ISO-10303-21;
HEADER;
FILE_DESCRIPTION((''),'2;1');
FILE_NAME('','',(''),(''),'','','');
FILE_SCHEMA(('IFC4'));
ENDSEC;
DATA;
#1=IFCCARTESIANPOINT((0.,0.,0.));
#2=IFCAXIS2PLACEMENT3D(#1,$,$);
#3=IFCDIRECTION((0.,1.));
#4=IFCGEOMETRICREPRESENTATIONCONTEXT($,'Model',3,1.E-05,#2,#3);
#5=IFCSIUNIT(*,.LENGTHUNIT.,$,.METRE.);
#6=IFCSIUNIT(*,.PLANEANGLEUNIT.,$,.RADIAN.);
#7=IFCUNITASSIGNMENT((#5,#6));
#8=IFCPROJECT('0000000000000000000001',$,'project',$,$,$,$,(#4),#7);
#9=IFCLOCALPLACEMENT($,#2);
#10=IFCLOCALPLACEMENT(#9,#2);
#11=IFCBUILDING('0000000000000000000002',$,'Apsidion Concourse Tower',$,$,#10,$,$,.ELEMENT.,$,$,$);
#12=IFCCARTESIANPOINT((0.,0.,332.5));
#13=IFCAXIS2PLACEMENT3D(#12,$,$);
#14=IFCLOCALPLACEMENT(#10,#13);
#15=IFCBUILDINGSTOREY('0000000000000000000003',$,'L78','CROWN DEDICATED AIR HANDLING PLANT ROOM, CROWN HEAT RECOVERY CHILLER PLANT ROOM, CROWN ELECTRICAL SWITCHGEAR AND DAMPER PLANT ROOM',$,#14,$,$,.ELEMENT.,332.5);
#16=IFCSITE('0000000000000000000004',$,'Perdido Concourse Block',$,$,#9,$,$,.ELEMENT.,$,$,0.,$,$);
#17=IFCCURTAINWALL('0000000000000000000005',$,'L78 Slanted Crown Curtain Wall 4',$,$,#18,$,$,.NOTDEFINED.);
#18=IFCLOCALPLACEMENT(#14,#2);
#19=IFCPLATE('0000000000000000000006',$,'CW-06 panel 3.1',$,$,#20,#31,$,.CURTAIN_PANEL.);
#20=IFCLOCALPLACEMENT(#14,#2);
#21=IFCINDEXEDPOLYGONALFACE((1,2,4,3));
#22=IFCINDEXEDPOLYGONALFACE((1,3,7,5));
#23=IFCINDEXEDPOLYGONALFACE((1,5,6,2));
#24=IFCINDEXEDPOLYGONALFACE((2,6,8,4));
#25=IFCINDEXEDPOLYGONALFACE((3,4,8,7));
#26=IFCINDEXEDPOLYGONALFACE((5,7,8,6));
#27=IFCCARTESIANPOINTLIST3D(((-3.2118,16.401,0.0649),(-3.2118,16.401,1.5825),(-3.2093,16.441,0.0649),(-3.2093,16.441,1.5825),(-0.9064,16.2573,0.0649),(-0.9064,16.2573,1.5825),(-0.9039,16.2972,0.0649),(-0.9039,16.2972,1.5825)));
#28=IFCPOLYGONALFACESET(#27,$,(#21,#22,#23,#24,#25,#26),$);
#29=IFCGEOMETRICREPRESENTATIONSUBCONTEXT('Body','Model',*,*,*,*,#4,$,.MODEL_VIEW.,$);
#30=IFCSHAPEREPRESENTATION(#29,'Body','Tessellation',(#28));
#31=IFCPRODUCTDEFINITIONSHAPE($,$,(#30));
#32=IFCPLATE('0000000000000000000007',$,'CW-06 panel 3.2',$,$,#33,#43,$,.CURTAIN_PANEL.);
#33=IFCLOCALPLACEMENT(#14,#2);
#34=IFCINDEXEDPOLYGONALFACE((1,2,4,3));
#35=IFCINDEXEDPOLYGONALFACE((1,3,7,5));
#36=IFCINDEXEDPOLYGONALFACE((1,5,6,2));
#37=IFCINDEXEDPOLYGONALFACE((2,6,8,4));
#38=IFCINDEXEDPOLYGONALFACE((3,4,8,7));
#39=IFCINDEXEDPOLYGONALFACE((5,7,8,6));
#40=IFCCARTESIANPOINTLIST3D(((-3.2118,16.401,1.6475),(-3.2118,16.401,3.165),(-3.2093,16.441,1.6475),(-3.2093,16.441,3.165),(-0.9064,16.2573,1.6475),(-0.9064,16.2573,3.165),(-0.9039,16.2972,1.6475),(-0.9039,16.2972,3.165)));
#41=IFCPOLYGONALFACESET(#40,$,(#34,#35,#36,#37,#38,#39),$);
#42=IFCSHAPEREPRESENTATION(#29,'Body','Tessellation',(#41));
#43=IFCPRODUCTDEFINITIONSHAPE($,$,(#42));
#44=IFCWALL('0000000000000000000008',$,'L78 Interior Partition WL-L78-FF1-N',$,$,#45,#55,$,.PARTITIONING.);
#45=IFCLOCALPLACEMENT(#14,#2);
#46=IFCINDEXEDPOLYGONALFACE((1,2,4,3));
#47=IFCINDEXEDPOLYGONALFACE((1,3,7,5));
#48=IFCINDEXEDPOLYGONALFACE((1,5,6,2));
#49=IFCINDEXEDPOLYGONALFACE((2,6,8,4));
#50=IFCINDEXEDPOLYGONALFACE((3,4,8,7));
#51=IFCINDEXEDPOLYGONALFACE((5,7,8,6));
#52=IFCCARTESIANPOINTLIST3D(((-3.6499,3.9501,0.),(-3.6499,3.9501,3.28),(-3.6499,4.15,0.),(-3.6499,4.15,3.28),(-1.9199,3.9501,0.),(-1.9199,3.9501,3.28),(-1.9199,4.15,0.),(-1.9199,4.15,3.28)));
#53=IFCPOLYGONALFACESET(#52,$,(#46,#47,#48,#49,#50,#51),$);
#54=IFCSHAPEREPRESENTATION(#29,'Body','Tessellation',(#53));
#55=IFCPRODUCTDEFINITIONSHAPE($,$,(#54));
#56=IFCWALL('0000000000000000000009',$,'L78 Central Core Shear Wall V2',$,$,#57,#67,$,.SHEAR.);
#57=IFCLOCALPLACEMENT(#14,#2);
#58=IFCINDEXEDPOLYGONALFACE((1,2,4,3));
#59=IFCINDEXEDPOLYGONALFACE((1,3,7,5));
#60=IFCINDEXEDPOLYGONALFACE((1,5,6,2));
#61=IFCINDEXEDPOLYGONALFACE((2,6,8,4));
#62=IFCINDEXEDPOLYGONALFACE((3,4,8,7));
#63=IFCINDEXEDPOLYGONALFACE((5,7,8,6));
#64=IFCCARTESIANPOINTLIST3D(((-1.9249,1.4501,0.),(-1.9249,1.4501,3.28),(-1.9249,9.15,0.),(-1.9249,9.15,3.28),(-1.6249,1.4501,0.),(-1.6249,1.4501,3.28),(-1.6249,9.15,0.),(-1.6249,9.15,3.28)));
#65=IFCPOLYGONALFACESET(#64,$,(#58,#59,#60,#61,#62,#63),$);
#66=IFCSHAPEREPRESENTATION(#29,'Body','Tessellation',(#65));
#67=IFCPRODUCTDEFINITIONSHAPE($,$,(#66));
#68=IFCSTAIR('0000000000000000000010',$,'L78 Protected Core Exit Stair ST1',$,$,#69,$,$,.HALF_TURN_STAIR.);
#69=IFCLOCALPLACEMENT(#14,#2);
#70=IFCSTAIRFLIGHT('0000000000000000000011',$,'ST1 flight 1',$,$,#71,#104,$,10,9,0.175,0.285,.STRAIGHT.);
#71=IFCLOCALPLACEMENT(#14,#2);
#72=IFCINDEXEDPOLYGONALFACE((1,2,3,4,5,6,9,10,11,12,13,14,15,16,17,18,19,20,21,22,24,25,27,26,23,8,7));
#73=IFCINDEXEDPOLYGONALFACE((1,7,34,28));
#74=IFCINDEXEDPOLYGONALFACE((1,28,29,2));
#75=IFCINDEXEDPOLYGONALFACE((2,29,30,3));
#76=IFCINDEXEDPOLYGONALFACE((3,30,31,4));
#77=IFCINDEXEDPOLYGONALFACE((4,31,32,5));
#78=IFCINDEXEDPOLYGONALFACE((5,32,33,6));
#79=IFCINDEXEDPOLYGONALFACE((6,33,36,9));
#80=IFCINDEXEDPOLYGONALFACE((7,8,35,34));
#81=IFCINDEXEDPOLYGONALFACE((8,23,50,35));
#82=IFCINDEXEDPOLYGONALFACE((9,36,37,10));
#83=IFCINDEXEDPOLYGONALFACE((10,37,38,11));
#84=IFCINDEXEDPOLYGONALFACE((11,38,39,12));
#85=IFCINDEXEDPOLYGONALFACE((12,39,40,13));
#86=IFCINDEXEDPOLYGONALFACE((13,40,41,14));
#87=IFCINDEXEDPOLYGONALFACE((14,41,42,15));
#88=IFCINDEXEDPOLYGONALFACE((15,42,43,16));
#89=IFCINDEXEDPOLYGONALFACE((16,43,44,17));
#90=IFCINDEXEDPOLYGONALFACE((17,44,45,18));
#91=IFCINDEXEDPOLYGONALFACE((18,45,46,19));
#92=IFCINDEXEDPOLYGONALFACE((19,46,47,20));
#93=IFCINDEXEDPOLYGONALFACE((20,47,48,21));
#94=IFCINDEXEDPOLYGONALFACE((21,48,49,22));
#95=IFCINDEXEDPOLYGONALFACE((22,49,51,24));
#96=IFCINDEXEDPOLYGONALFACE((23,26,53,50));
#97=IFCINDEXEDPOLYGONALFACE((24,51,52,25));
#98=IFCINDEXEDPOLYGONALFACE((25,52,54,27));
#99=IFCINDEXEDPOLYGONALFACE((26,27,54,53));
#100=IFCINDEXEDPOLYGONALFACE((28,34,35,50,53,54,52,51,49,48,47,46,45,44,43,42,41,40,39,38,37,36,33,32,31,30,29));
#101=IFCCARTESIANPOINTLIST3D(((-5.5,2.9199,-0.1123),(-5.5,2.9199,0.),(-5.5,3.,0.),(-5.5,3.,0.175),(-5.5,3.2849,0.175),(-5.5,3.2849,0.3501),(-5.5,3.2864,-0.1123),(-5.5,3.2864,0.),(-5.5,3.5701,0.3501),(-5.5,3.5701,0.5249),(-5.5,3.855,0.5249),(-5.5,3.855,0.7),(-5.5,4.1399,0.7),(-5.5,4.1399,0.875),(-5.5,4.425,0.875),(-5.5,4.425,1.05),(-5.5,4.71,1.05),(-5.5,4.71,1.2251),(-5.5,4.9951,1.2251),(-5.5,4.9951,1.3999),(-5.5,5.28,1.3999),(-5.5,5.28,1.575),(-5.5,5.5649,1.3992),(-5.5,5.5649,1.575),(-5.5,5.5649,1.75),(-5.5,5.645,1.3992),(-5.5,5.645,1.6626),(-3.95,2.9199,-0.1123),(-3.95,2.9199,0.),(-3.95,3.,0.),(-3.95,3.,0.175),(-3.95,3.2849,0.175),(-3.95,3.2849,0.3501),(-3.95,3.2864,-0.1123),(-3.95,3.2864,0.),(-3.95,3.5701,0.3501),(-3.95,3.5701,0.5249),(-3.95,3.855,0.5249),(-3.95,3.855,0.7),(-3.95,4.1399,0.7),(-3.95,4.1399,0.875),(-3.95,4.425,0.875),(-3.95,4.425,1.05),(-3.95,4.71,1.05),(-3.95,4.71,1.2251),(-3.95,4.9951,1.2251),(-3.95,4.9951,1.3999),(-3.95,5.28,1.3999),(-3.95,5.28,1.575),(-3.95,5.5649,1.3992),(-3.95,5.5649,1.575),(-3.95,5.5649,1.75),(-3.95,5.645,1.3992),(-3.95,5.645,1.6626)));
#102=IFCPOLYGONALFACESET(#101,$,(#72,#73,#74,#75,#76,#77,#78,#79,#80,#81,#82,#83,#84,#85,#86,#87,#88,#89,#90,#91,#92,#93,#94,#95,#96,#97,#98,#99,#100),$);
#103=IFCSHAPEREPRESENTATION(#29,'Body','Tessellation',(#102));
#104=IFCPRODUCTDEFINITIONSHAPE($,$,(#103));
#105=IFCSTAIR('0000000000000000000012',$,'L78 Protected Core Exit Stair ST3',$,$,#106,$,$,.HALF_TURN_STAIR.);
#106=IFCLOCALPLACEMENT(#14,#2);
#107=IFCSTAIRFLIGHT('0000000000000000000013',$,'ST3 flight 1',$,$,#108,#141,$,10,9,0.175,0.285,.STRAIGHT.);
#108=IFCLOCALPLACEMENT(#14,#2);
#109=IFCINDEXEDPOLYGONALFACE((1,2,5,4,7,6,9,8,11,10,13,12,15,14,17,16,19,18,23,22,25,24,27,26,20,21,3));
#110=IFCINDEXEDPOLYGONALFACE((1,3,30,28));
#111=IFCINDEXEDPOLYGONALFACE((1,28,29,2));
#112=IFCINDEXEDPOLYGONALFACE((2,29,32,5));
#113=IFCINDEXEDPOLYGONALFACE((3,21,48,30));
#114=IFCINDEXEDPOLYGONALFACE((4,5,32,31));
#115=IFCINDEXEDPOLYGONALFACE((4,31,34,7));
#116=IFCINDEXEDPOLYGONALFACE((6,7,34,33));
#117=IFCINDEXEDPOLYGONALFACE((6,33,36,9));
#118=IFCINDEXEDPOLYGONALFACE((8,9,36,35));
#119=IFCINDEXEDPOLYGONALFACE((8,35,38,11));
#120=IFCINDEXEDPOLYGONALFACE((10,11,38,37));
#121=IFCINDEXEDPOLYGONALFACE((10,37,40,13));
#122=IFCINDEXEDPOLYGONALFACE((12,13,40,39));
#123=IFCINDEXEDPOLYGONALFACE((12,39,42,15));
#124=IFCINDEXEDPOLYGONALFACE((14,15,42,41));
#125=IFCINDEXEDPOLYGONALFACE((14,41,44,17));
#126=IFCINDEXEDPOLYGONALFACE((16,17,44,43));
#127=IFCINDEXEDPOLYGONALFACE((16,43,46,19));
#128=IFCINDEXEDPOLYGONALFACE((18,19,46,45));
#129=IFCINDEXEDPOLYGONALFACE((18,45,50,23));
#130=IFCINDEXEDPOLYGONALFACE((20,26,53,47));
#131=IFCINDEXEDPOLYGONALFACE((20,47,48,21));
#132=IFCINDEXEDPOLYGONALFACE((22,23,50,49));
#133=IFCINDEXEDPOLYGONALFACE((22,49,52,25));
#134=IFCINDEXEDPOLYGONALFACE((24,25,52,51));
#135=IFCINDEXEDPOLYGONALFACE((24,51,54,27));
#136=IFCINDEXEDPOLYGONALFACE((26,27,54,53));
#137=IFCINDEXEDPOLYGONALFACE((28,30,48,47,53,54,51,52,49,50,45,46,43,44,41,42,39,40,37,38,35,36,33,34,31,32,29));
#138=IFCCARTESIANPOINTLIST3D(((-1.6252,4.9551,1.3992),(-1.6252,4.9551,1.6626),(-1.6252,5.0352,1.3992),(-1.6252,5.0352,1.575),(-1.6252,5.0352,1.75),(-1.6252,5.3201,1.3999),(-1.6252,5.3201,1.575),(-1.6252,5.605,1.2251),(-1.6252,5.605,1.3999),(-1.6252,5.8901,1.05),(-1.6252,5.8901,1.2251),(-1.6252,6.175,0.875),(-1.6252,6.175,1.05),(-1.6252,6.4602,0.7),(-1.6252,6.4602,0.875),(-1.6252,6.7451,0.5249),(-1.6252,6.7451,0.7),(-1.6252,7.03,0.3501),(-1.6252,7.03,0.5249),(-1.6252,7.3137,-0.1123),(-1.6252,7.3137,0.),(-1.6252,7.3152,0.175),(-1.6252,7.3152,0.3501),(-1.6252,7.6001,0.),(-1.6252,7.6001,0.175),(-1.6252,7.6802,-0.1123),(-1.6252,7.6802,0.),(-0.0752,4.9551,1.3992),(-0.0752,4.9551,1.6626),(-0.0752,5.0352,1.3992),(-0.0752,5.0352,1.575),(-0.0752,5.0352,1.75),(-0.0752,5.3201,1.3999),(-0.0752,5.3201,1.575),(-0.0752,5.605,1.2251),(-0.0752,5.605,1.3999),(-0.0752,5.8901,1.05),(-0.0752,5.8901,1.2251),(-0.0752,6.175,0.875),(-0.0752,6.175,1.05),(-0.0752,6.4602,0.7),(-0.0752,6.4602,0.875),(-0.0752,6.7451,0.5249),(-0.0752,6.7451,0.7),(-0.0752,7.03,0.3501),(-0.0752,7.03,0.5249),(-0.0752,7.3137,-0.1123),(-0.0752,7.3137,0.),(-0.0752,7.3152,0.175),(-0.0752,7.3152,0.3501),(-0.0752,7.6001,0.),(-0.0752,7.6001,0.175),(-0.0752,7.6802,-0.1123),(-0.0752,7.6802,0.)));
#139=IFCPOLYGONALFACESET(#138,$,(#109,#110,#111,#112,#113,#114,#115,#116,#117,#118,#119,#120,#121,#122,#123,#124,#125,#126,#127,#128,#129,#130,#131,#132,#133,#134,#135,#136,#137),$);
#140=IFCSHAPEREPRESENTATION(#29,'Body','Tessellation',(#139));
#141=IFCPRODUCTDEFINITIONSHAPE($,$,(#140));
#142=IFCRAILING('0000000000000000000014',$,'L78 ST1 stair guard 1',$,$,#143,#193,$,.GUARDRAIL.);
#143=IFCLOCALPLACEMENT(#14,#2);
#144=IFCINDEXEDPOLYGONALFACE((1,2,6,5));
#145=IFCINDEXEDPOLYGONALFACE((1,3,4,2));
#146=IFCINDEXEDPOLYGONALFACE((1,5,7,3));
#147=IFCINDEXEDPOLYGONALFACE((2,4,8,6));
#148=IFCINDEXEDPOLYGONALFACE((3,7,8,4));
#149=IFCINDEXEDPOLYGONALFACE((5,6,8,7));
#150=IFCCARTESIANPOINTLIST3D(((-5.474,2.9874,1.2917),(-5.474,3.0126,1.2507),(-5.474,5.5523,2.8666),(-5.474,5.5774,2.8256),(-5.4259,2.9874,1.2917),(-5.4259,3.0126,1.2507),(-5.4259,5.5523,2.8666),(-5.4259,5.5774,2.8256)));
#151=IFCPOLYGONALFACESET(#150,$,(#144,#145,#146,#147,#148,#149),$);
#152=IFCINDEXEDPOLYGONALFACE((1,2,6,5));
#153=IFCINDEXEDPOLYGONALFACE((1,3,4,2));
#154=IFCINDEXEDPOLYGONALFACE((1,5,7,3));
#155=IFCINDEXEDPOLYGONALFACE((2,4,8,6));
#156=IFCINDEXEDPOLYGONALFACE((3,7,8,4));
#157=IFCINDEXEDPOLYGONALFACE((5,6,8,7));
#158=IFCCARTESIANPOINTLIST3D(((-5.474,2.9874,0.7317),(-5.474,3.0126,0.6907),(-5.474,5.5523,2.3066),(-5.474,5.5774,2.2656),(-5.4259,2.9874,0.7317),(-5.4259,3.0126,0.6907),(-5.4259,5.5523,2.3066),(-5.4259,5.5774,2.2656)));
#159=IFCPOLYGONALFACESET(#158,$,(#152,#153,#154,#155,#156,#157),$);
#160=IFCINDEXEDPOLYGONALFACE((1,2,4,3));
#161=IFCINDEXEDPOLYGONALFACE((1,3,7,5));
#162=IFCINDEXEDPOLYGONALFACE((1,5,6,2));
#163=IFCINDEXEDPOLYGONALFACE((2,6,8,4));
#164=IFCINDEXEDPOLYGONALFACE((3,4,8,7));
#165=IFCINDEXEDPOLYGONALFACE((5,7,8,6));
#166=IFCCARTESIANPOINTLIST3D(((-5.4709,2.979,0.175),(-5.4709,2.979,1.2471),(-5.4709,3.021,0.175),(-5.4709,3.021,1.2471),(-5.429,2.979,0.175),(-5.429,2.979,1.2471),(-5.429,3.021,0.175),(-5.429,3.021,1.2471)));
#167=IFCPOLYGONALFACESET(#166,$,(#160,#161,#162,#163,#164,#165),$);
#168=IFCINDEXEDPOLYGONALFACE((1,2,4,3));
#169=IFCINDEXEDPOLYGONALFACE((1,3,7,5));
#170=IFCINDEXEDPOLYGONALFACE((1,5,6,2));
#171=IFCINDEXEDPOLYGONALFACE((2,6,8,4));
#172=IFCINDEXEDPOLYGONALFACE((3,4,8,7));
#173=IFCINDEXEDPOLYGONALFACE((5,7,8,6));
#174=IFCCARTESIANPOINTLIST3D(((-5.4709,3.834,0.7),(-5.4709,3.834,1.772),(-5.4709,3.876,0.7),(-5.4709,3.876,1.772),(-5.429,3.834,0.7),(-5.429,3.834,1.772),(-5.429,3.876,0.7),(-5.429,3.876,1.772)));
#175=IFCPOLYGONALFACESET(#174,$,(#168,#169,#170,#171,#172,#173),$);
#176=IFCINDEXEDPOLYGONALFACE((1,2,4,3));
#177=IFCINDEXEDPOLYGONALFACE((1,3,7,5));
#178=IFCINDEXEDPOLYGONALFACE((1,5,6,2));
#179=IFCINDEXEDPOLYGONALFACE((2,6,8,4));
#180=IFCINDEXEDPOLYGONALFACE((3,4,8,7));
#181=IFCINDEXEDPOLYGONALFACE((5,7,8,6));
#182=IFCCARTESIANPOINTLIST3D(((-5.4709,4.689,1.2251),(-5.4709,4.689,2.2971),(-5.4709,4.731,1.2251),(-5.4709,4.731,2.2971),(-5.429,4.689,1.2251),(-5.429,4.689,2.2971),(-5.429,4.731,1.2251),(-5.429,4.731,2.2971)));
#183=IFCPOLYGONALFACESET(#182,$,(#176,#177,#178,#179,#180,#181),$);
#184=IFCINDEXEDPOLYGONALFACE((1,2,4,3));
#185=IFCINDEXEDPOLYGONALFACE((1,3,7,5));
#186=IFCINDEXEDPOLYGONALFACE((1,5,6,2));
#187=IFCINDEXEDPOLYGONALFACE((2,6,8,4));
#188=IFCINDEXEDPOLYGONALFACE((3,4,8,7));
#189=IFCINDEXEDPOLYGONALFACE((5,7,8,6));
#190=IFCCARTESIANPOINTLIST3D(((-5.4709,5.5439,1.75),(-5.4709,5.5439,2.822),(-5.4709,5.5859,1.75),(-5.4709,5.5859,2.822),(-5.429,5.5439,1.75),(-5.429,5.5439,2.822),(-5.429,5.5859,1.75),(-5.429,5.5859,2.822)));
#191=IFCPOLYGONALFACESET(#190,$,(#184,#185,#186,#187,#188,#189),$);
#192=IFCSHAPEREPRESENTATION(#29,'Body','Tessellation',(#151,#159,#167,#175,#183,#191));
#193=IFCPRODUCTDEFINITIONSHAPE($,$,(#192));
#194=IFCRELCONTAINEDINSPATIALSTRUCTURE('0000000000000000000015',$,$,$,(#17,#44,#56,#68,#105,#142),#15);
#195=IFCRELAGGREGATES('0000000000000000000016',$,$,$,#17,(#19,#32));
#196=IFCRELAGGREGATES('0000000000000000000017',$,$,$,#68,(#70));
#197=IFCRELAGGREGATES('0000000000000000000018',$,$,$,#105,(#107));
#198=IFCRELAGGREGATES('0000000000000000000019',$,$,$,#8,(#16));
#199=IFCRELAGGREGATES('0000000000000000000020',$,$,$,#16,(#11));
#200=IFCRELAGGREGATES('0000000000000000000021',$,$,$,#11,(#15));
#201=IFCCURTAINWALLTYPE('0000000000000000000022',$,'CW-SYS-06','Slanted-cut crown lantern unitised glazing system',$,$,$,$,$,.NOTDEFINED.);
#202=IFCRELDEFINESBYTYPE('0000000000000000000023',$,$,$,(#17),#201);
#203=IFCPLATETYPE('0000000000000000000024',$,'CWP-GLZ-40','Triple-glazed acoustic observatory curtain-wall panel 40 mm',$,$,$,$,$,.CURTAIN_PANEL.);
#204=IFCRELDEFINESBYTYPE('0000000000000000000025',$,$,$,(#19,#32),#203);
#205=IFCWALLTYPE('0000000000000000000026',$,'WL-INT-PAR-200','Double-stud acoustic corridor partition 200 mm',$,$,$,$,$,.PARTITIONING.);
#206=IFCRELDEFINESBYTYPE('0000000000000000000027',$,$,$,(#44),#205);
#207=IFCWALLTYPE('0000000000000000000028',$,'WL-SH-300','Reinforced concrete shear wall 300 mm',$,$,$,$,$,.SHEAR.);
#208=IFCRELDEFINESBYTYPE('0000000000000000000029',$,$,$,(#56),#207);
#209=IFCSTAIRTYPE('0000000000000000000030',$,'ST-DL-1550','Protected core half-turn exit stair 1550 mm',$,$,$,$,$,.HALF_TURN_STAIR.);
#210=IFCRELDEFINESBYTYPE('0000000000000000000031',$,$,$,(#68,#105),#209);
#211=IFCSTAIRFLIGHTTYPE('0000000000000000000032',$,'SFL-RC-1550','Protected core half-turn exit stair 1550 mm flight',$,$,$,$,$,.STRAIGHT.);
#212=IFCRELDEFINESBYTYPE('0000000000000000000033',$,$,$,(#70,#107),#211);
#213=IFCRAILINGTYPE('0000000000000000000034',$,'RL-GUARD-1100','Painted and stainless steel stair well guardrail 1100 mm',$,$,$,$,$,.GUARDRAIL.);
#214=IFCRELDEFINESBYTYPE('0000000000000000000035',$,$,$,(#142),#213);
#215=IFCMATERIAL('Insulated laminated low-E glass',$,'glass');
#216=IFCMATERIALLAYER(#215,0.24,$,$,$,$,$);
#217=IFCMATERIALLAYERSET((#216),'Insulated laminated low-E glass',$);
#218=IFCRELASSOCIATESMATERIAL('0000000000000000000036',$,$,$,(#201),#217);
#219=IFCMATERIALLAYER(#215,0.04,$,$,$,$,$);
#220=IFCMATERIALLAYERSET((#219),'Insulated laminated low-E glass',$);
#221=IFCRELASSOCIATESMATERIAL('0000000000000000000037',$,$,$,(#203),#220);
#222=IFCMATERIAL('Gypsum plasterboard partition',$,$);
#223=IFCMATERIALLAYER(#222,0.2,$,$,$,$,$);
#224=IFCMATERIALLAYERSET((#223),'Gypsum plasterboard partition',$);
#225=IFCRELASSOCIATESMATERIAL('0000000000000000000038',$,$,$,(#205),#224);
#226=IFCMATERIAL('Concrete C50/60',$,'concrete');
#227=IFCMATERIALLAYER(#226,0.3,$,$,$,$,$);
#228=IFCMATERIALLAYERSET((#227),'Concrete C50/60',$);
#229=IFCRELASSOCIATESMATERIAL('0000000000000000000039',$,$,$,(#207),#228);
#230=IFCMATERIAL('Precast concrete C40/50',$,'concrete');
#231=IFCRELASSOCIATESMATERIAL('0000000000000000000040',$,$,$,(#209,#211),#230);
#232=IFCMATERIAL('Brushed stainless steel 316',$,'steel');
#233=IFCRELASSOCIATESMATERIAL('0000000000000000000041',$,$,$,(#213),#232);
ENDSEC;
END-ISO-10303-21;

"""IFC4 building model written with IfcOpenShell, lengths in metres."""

from ifc_helpers import new_model, si_unit, direction, frame, frame_2d, origin, origin_2d, place, context, subcontext, project, spatial, polyline, rectangle, outline, extrude, material, layer, layer_set, type_object, element, aggregate, save


model = new_model("IFC4")

# Units and contexts
model_context = context("Model", 3, precision=1e-05, world=origin(), true_north=direction((0.0, 1.0)))
body_context = subcontext(model_context, "Body", "Model", "MODEL_VIEW")
ifc_project = project(units=[si_unit("LENGTHUNIT", "METRE"), si_unit("PLANEANGLEUNIT", "RADIAN")], contexts=[model_context])

# Site, building, storey
site_placement = place(None, origin())
site = spatial("IfcSite", under=ifc_project, at=site_placement, Name="Perdido Concourse Block", CompositionType="ELEMENT", RefElevation=0.0)
building_placement = place(site_placement, origin())
building = spatial("IfcBuilding", under=site, at=building_placement, Name="Apsidion Concourse Tower", CompositionType="ELEMENT")
storey_placement = place(building_placement, frame((0.0, 0.0, 332.5)))
storey = spatial("IfcBuildingStorey", under=building, at=storey_placement, Name="L78", Description="CROWN DEDICATED AIR HANDLING PLANT ROOM, CROWN HEAT RECOVERY CHILLER PLANT ROOM, CROWN ELECTRICAL SWITCHGEAR AND DAMPER PLANT ROOM", CompositionType="ELEMENT", Elevation=332.5)

# Shared definitions
ifc_material_1 = material(Name="Concrete C50/60", Category="concrete")

# Curtain wall, plates
ifc_material_2 = material(Name="Insulated laminated low-E glass", Category="glass")
ifc_layer_1 = layer(ifc_material_2, 0.24)
ifc_layer_set_1 = layer_set([ifc_layer_1], Name="Insulated laminated low-E glass")
curtain_wall_type = type_object("IfcCurtainWallType", Name="CW-SYS-06", Description="Slanted-cut crown lantern unitised glazing system", PredefinedType="NOTDEFINED", material=ifc_layer_set_1)
curtain_wall_placement = place(storey_placement, origin())
curtain_wall = element("IfcCurtainWall", 1, at=curtain_wall_placement, inside=storey, type_object=curtain_wall_type, Name="L78 Slanted Crown Curtain Wall 4", PredefinedType="NOTDEFINED")
ifc_layer_2 = layer(ifc_material_2, 0.04)
ifc_layer_set_2 = layer_set([ifc_layer_2], Name="Insulated laminated low-E glass")
plate_type = type_object("IfcPlateType", Name="CWP-GLZ-40", Description="Triple-glazed acoustic observatory curtain-wall panel 40 mm", PredefinedType="CURTAIN_PANEL", material=ifc_layer_set_2)
plate_1_placement = place(storey_placement, frame((-2.0579, 16.3491, 0.0649), z_axis=(0.0, 0.0, 1.0), x_axis=(0.998061, -0.062245, 0.0)))
plate_1 = element("IfcPlate", 2, at=plate_1_placement, type_object=plate_type, Name="CW-06 panel 3.1", PredefinedType="CURTAIN_PANEL", context=body_context, shape_type="SweptSolid", body=[
    extrude(rectangle(XDim=2.3098, YDim=0.04, at=origin_2d()), origin(), (0.0, 0.0, 1.0), 1.5176),
])
plate_2_placement = place(storey_placement, frame((-2.0579, 16.3491, 1.6475), z_axis=(0.0, 0.0, 1.0), x_axis=(0.998061, -0.062245, 0.0)))
plate_2 = element("IfcPlate", 3, at=plate_2_placement, type_object=plate_type, Name="CW-06 panel 3.2", PredefinedType="CURTAIN_PANEL", context=body_context, shape_type="SweptSolid", body=[
    extrude(rectangle(XDim=2.3098, YDim=0.04, at=origin_2d()), origin(), (0.0, 0.0, 1.0), 1.5176),
])
aggregate(curtain_wall, [plate_1, plate_2])

# Walls
ifc_material_3 = material(Name="Gypsum plasterboard partition")
ifc_layer_3 = layer(ifc_material_3, 0.2)
ifc_layer_set_3 = layer_set([ifc_layer_3], Name="Gypsum plasterboard partition")
wall_type_1 = type_object("IfcWallType", Name="WL-INT-PAR-200", Description="Double-stud acoustic corridor partition 200 mm", PredefinedType="PARTITIONING", material=ifc_layer_set_3)
wall_1_placement = place(storey_placement, frame((-3.6499, 4.05, 0.0), z_axis=(0.0, 0.0, 1.0), x_axis=(1.0, 0.0, 0.0)))
element("IfcWall", 4, at=wall_1_placement, inside=storey, type_object=wall_type_1, Name="L78 Interior Partition WL-L78-FF1-N", PredefinedType="PARTITIONING", context=body_context, shape_type="SweptSolid", body=[
    extrude(rectangle(XDim=1.73, YDim=0.2, at=frame_2d((0.865, 0.0))), origin(), (0.0, 0.0, 1.0), 3.28),
])
ifc_layer_4 = layer(ifc_material_1, 0.3)
ifc_layer_set_4 = layer_set([ifc_layer_4], Name="Concrete C50/60")
wall_type_2 = type_object("IfcWallType", Name="WL-SH-300", Description="Reinforced concrete shear wall 300 mm", PredefinedType="SHEAR", material=ifc_layer_set_4)
wall_2_placement = place(storey_placement, frame((-1.7749, 1.45, 0.0), z_axis=(0.0, 0.0, 1.0), x_axis=(0.0, 1.0, 0.0)))
element("IfcWall", 5, at=wall_2_placement, inside=storey, type_object=wall_type_2, Name="L78 Central Core Shear Wall V2", PredefinedType="SHEAR", context=body_context, shape_type="SweptSolid", body=[
    extrude(rectangle(XDim=7.7, YDim=0.3, at=frame_2d((3.8501, 0.0))), origin(), (0.0, 0.0, 1.0), 3.28),
])

# Stairs, stair flights
ifc_material_4 = material(Name="Precast concrete C40/50", Category="concrete")
stair_type = type_object("IfcStairType", Name="ST-DL-1550", Description="Protected core half-turn exit stair 1550 mm", PredefinedType="HALF_TURN_STAIR", material=ifc_material_4)
stair_1_placement = place(storey_placement, origin())
stair_1 = element("IfcStair", 6, at=stair_1_placement, inside=storey, type_object=stair_type, Name="L78 Protected Core Exit Stair ST1", PredefinedType="HALF_TURN_STAIR")
stair_flight_type = type_object("IfcStairFlightType", Name="SFL-RC-1550", Description="Protected core half-turn exit stair 1550 mm flight", PredefinedType="STRAIGHT", material=ifc_material_4)
stair_flight_1_placement = place(storey_placement, frame((-4.7251, 3.0, 0.0), z_axis=(0.0, 0.0, 1.0), x_axis=(0.0, 1.0, 0.0)))
stair_flight_1 = element("IfcStairFlight", 7, at=stair_flight_1_placement, type_object=stair_flight_type, Name="ST1 flight 1", NumberOfRisers=10, NumberOfTreads=9, PredefinedType="STRAIGHT", RiserHeight=0.175, TreadLength=0.285, context=body_context, shape_type="SweptSolid", body=[
    extrude(outline(polyline([(-0.0801, -0.1123), (-0.0801, 0.0), (0.0, 0.0), (0.0, 0.175), (0.2849, 0.175), (0.2849, 0.3501), (0.5701, 0.3501), (0.5701, 0.5249), (0.855, 0.5249), (0.855, 0.7), (1.1399, 0.7), (1.1399, 0.875), (1.425, 0.875), (1.425, 1.05), (1.71, 1.05), (1.71, 1.2251), (1.9951, 1.2251), (1.9951, 1.3999), (2.28, 1.3999), (2.28, 1.575), (2.5649, 1.575), (2.5649, 1.75), (2.645, 1.6626), (2.645, 1.3992), (2.5649, 1.3992), (0.2864, 0.0), (0.2864, -0.1123), (-0.0801, -0.1123)])), frame((0.0, 0.7749, 0.0), z_axis=(0.0, -1.0, 0.0), x_axis=(1.0, 0.0, 0.0)), (0.0, 0.0, 1.0), 1.55),
])
aggregate(stair_1, [stair_flight_1])
stair_2_placement = place(storey_placement, origin())
stair_2 = element("IfcStair", 8, at=stair_2_placement, inside=storey, type_object=stair_type, Name="L78 Protected Core Exit Stair ST3", PredefinedType="HALF_TURN_STAIR")
stair_flight_2_placement = place(storey_placement, frame((-0.8501, 7.6001, 0.0), z_axis=(0.0, 0.0, 1.0), x_axis=(0.0, -1.0, 0.0)))
stair_flight_2 = element("IfcStairFlight", 9, at=stair_flight_2_placement, type_object=stair_flight_type, Name="ST3 flight 1", NumberOfRisers=10, NumberOfTreads=9, PredefinedType="STRAIGHT", RiserHeight=0.175, TreadLength=0.285, context=body_context, shape_type="SweptSolid", body=[
    extrude(outline(polyline([(-0.0801, -0.1123), (-0.0801, 0.0), (0.0, 0.0), (0.0, 0.175), (0.2849, 0.175), (0.2849, 0.3501), (0.5701, 0.3501), (0.5701, 0.5249), (0.855, 0.5249), (0.855, 0.7), (1.1399, 0.7), (1.1399, 0.875), (1.425, 0.875), (1.425, 1.05), (1.71, 1.05), (1.71, 1.2251), (1.9951, 1.2251), (1.9951, 1.3999), (2.28, 1.3999), (2.28, 1.575), (2.5649, 1.575), (2.5649, 1.75), (2.645, 1.6626), (2.645, 1.3992), (2.5649, 1.3992), (0.2864, 0.0), (0.2864, -0.1123), (-0.0801, -0.1123)])), frame((0.0, 0.7749, 0.0), z_axis=(0.0, -1.0, 0.0), x_axis=(1.0, 0.0, 0.0)), (0.0, 0.0, 1.0), 1.55),
])
aggregate(stair_2, [stair_flight_2])

# Railing
ifc_material_5 = material(Name="Brushed stainless steel 316", Category="steel")
railing_type_1 = type_object("IfcRailingType", Name="RL-GUARD-1100", Description="Painted and stainless steel stair well guardrail 1100 mm", PredefinedType="GUARDRAIL", material=ifc_material_5)
railing_1_placement = place(storey_placement, frame((-5.45, 3.0, 0.175)))
element("IfcRailing", 10, at=railing_1_placement, inside=storey, type_object=railing_type_1, Name="L78 ST1 stair guard 1", PredefinedType="GUARDRAIL", context=body_context, shape_type="SweptSolid", body=[
    extrude(rectangle(XDim=0.0481, YDim=0.0481, at=origin_2d()), frame((0.0, 0.0, 1.0962), z_axis=(0.0, 0.852173, 0.52326), x_axis=(-1.0, 0.0, 0.0)), (0.0, 0.0, 1.0), 3.0098),
    extrude(rectangle(XDim=0.0481, YDim=0.0481, at=origin_2d()), frame((0.0, 0.0, 0.5361), z_axis=(0.0, 0.852173, 0.52326), x_axis=(-1.0, 0.0, 0.0)), (0.0, 0.0, 1.0), 3.0098),
    extrude(rectangle(XDim=0.042, YDim=0.042, at=origin_2d()), origin(), (0.0, 0.0, 1.0), 1.072),
    extrude(rectangle(XDim=0.042, YDim=0.042, at=origin_2d()), frame((0.0, 0.855, 0.5249)), (0.0, 0.0, 1.0), 1.072),
    extrude(rectangle(XDim=0.042, YDim=0.042, at=origin_2d()), frame((0.0, 1.71, 1.05)), (0.0, 0.0, 1.0), 1.072),
    extrude(rectangle(XDim=0.042, YDim=0.042, at=origin_2d()), frame((0.0, 2.5649, 1.575)), (0.0, 0.0, 1.0), 1.072),
])

save(model, "model.ifc")
